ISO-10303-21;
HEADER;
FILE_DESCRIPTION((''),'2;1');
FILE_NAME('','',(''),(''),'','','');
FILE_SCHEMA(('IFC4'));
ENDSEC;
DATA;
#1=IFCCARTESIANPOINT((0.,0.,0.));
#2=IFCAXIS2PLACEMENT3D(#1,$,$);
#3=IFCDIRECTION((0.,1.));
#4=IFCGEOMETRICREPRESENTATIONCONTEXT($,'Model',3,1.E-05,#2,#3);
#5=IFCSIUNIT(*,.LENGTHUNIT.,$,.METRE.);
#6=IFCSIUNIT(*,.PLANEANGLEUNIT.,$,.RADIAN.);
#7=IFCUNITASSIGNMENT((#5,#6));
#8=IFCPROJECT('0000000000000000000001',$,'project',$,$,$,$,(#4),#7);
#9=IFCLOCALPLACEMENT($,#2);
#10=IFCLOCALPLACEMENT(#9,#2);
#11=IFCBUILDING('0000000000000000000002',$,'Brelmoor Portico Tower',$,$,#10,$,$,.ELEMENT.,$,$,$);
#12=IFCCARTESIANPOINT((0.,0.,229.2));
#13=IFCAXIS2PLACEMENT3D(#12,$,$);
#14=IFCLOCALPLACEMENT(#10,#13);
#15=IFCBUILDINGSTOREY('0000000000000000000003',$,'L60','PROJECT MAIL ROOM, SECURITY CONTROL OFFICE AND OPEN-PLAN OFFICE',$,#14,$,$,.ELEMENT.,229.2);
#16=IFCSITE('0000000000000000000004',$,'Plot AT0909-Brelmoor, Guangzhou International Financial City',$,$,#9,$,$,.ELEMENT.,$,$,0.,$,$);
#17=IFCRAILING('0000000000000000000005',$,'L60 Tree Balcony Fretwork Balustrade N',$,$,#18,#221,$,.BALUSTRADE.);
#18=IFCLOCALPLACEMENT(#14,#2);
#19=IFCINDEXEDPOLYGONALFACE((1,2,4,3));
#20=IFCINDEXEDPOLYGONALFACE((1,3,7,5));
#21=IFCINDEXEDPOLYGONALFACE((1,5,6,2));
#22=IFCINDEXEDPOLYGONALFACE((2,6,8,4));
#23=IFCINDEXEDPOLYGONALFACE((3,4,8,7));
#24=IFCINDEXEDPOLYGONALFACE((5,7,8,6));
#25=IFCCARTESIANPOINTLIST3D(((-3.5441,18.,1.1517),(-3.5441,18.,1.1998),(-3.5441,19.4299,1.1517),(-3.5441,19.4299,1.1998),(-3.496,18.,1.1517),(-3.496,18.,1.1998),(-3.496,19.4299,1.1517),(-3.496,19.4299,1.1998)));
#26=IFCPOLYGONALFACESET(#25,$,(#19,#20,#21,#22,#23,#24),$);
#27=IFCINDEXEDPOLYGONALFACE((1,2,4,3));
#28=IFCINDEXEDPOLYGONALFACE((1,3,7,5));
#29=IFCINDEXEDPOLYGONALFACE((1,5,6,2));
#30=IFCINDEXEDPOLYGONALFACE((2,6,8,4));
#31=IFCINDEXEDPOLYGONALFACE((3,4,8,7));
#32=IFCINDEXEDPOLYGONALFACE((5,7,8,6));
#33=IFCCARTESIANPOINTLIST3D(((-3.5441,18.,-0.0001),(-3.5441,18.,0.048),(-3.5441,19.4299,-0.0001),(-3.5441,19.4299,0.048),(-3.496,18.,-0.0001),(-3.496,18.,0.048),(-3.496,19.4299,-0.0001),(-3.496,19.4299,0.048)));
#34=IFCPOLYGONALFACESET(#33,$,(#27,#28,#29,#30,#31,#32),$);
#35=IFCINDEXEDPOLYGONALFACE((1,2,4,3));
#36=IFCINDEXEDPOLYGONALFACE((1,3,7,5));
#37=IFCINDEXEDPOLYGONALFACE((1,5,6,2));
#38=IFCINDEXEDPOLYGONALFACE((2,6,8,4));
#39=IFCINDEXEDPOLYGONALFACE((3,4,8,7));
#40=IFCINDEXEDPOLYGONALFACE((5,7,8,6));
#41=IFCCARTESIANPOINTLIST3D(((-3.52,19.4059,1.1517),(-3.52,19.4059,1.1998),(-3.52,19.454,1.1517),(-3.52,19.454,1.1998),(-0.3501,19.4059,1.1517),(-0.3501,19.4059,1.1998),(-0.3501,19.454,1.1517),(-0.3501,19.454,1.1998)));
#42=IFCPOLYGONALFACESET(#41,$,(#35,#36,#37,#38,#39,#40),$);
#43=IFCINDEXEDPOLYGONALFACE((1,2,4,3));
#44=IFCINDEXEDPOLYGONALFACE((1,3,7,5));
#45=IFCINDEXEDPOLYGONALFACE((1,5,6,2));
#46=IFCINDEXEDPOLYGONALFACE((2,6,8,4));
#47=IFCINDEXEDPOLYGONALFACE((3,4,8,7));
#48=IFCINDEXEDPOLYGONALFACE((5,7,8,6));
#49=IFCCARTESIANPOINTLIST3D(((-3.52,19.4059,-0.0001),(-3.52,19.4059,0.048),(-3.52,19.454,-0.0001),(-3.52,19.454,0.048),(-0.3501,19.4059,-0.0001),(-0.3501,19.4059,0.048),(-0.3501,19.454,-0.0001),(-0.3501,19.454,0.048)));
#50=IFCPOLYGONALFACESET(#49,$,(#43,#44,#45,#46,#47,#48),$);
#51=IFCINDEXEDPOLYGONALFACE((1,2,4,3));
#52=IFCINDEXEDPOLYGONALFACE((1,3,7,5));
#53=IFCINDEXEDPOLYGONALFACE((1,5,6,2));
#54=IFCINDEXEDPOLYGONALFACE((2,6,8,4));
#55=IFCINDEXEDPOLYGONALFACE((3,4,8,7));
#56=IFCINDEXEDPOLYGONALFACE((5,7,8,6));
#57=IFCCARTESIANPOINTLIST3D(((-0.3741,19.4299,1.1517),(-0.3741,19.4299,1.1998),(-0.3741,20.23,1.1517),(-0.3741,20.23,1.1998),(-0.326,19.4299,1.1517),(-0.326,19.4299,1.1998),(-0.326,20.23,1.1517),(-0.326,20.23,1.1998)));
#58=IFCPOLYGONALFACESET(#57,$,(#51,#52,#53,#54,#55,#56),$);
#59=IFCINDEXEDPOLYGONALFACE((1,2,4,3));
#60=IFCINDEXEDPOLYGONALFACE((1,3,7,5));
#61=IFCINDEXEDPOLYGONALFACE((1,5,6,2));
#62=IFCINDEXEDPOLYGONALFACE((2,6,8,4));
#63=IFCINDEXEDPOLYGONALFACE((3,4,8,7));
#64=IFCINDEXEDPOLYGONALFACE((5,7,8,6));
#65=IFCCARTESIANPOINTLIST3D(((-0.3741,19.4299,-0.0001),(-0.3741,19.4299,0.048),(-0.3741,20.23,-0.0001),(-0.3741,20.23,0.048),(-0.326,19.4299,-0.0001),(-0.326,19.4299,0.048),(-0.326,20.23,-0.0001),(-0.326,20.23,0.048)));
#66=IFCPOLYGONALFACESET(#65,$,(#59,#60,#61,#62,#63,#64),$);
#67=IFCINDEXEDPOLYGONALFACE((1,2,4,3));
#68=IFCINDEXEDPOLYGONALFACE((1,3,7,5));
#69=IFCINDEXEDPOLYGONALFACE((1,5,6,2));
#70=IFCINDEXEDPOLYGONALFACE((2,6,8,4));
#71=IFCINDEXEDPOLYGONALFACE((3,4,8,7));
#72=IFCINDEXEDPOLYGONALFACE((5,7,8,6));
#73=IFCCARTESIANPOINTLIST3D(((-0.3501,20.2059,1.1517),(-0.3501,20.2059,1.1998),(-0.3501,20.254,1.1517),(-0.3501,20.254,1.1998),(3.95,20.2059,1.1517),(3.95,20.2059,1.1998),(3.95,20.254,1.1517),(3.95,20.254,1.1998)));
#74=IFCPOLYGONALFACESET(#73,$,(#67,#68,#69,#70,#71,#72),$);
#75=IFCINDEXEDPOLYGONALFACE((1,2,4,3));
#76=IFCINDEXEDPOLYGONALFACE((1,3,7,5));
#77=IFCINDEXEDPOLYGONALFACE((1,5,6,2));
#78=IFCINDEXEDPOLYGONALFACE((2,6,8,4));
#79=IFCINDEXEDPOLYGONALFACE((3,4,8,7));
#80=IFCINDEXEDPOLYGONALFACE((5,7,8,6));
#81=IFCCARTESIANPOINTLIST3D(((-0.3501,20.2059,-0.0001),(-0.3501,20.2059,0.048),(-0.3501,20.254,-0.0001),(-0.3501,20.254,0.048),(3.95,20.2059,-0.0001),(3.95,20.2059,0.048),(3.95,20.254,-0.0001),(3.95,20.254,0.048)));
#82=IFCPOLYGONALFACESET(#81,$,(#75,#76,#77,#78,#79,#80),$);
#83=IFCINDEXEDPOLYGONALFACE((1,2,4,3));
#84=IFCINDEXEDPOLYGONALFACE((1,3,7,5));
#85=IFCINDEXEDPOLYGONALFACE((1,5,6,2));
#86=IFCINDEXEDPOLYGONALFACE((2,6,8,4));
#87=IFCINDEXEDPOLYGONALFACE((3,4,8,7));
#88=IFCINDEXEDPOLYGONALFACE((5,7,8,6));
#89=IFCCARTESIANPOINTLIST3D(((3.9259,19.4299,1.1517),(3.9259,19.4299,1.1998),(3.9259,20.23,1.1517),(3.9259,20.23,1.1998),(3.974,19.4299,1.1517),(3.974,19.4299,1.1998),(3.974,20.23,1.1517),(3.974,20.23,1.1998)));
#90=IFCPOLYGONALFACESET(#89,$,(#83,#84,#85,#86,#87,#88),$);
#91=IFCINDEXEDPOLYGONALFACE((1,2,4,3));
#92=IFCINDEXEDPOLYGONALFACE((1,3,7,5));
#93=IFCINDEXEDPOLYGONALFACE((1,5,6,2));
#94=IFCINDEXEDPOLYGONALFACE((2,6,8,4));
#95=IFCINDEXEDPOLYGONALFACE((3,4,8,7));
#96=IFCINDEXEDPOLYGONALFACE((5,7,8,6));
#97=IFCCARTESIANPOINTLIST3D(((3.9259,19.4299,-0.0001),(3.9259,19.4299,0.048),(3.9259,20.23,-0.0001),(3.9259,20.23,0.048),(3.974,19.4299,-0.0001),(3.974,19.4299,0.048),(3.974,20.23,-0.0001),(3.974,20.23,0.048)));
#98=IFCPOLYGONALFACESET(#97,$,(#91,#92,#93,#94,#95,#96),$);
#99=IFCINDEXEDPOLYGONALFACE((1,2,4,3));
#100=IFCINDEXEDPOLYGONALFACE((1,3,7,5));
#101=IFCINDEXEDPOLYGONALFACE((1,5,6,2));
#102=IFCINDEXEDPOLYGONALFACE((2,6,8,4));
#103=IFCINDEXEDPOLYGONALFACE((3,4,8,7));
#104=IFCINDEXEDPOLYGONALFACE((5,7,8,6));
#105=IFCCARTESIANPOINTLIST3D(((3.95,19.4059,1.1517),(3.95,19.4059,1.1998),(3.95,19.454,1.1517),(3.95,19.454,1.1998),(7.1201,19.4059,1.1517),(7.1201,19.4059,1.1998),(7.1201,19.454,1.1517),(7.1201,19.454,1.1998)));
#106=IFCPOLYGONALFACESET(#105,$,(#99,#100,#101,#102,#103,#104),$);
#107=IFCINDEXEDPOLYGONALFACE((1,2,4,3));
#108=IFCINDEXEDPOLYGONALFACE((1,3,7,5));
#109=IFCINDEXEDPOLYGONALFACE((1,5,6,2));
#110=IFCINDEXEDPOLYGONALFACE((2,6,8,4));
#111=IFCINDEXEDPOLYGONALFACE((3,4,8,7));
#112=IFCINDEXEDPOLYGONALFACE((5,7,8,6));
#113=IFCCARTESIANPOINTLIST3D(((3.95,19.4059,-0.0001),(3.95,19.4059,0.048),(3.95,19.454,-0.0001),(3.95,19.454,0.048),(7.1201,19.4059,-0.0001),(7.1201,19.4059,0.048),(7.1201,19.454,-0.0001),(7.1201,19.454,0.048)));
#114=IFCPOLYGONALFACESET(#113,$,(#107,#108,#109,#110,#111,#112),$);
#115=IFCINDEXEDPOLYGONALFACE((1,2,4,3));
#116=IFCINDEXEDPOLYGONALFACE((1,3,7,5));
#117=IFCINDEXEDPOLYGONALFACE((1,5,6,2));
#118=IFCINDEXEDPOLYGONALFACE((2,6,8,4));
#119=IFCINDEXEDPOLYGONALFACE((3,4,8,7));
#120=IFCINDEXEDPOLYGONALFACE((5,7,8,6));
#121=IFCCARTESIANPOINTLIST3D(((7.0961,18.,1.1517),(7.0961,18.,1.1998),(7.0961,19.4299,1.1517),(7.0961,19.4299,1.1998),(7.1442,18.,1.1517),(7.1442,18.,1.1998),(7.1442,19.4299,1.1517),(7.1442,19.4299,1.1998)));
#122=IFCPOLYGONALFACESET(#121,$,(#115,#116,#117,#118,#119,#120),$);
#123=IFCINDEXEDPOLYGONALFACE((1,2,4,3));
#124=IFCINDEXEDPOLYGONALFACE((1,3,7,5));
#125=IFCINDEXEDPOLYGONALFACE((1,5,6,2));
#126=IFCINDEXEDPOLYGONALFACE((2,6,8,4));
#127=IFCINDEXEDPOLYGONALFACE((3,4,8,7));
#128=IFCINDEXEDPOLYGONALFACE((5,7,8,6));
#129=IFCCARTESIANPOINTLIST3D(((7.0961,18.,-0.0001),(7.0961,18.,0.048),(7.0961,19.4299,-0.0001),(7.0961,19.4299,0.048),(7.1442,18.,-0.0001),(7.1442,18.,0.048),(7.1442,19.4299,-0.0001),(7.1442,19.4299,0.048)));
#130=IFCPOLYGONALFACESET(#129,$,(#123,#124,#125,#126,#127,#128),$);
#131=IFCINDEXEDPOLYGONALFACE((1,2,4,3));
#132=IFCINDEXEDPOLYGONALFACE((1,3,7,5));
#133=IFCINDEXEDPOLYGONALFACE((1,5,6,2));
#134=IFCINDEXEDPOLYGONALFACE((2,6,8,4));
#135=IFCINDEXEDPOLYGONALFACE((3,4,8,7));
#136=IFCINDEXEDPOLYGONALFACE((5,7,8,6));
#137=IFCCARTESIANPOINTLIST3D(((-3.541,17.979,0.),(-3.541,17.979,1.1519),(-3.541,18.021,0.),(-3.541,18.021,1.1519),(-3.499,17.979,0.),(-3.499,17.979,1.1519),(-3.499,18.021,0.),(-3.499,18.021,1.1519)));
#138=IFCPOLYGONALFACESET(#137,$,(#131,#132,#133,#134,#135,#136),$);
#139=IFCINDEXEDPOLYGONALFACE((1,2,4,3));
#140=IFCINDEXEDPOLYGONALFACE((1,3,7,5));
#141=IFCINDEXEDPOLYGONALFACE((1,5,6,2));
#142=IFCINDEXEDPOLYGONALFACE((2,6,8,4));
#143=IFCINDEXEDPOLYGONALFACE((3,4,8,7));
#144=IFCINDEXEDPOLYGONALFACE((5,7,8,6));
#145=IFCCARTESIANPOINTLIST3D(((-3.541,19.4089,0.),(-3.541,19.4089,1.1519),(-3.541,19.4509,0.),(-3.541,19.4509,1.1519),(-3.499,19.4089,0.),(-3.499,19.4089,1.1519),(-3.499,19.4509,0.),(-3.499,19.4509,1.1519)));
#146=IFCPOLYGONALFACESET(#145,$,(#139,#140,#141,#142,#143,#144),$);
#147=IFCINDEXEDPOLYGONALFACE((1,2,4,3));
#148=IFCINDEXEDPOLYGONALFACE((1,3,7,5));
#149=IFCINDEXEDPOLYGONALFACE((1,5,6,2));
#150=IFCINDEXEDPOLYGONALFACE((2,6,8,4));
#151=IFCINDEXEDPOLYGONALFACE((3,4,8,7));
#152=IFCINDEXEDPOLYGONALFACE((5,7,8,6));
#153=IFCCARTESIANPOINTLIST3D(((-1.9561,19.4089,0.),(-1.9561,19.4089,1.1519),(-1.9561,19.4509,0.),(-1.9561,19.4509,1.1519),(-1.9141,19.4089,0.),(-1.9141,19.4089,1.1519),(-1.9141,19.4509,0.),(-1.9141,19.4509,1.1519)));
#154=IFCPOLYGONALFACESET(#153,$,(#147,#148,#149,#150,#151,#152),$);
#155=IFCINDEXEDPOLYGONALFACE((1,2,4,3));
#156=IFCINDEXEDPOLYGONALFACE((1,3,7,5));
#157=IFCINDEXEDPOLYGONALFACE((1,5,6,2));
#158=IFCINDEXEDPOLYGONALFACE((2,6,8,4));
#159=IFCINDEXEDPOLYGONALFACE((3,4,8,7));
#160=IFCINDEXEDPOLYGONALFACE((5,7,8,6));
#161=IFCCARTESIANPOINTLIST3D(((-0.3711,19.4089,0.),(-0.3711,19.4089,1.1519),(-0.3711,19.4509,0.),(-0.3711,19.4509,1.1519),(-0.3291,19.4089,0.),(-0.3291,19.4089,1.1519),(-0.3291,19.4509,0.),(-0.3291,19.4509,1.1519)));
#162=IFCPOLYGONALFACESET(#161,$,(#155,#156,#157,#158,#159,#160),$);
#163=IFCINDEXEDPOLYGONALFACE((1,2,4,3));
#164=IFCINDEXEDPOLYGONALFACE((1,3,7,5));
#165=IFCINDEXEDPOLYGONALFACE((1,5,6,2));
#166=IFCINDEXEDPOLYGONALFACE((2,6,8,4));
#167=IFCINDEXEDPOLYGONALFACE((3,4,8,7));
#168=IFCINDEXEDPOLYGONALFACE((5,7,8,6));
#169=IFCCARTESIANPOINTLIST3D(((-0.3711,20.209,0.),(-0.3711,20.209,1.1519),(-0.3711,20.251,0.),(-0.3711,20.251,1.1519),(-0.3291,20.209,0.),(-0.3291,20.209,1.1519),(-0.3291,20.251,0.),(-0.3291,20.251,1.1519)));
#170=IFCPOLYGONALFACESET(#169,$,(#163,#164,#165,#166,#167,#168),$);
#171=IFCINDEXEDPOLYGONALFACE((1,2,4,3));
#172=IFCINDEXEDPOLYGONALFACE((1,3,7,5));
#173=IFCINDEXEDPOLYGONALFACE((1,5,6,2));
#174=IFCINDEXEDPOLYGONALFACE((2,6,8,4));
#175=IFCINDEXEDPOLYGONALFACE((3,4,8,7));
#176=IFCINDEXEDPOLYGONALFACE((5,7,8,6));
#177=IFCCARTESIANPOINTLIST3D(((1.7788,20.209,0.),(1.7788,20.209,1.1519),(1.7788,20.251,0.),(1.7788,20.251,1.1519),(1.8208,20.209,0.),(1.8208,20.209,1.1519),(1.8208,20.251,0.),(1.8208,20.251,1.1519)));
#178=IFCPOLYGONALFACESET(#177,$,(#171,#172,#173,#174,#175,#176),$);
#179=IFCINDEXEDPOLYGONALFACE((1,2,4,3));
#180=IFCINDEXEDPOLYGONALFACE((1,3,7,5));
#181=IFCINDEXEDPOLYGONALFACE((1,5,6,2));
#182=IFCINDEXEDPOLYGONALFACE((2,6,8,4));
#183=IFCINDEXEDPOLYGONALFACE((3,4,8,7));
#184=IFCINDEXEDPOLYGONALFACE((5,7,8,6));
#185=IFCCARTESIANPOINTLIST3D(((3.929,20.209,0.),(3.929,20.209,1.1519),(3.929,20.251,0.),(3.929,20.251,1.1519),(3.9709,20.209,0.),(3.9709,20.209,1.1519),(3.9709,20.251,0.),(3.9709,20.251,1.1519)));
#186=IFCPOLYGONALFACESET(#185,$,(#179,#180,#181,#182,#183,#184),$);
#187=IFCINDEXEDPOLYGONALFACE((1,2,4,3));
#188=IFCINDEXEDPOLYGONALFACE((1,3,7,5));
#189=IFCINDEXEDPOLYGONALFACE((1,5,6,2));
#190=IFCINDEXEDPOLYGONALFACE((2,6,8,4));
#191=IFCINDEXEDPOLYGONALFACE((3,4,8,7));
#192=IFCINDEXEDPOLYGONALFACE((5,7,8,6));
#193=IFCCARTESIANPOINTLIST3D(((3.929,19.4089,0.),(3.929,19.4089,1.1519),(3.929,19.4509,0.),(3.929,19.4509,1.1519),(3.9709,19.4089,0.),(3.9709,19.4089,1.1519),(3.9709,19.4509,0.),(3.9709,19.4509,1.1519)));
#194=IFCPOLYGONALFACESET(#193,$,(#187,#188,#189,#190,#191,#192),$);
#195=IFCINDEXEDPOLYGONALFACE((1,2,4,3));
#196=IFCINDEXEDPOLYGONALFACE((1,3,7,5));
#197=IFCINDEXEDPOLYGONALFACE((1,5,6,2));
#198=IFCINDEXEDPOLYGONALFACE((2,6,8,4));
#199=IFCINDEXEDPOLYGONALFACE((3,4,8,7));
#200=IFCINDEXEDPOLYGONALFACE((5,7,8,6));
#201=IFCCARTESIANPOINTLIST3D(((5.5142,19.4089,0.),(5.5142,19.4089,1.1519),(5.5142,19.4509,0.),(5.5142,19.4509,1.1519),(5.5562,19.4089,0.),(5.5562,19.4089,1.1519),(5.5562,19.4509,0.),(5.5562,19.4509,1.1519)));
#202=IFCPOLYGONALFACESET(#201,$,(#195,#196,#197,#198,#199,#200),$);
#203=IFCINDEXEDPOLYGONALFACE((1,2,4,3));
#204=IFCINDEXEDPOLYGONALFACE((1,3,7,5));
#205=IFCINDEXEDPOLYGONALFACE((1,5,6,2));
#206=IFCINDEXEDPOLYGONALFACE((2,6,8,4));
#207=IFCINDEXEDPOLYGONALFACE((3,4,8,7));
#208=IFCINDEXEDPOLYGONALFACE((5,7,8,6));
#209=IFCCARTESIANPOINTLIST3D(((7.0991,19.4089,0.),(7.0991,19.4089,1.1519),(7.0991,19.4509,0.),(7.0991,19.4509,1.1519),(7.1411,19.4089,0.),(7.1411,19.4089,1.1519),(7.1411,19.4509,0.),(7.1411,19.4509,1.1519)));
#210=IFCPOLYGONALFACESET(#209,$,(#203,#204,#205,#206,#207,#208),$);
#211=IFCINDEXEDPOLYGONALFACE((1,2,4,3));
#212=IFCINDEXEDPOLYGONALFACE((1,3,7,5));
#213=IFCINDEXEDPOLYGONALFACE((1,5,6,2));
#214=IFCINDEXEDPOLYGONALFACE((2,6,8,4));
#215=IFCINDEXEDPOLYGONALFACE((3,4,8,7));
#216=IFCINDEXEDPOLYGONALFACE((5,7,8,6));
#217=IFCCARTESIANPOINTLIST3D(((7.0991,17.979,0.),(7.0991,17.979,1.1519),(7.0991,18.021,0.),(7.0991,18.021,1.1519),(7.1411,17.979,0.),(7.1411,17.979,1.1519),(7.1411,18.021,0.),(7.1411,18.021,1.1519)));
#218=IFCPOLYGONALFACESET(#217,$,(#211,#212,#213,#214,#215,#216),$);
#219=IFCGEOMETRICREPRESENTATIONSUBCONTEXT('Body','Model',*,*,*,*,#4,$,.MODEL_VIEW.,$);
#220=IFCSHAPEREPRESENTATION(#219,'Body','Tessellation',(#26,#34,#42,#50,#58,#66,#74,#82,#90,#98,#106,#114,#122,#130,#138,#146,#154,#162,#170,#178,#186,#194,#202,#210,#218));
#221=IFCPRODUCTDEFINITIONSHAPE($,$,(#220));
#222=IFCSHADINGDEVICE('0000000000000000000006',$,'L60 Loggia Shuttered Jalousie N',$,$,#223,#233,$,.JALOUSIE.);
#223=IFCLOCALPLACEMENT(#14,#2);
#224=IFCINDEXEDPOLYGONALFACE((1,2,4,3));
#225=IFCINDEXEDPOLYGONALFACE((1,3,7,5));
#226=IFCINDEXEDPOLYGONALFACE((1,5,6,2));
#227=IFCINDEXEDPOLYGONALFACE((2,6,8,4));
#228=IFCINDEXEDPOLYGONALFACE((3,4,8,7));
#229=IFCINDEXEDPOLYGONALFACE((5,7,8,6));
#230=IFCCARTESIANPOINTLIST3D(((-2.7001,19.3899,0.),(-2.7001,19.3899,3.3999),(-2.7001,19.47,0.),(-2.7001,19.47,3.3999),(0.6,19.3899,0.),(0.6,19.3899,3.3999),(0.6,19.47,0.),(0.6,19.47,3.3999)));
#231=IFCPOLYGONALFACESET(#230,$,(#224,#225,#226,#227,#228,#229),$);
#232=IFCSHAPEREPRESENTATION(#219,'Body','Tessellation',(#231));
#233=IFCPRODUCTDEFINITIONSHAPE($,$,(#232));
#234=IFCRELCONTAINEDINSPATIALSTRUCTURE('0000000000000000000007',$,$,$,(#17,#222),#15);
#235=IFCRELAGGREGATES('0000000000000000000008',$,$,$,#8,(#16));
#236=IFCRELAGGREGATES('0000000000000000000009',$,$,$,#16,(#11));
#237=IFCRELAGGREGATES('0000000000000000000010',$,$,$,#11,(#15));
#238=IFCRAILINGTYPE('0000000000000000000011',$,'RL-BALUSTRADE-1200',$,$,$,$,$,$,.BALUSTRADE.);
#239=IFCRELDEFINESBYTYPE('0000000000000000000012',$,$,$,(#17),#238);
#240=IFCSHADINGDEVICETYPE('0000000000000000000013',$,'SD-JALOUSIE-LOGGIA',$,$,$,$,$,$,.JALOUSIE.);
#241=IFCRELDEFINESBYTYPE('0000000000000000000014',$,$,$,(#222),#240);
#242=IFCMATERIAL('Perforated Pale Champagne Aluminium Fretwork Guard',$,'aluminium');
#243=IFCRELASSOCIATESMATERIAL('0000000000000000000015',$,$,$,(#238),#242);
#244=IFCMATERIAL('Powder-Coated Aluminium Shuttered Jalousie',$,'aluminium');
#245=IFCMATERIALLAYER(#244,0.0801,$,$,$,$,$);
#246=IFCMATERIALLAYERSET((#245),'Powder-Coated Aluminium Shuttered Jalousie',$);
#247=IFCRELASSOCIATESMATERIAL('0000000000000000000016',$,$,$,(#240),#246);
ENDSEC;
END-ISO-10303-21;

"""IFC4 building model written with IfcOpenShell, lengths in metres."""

from ifc_helpers import new_model, si_unit, direction, frame, origin, origin_2d, place, context, subcontext, project, spatial, rectangle, extrude, material, layer, layer_set, type_object, element, save


model = new_model("IFC4")

# Units and contexts
model_context = context("Model", 3, precision=1e-05, world=origin(), true_north=direction((0.0, 1.0)))
body_context = subcontext(model_context, "Body", "Model", "MODEL_VIEW")
ifc_project = project(units=[si_unit("LENGTHUNIT", "METRE"), si_unit("PLANEANGLEUNIT", "RADIAN")], contexts=[model_context])

# Site, building, storey
site_placement = place(None, origin())
site = spatial("IfcSite", under=ifc_project, at=site_placement, Name="Plot AT0909-Brelmoor, Guangzhou International Financial City", CompositionType="ELEMENT", RefElevation=0.0)
building_placement = place(site_placement, origin())
building = spatial("IfcBuilding", under=site, at=building_placement, Name="Brelmoor Portico Tower", CompositionType="ELEMENT")
storey_placement = place(building_placement, frame((0.0, 0.0, 229.2)))
storey = spatial("IfcBuildingStorey", under=building, at=storey_placement, Name="L60", Description="PROJECT MAIL ROOM, SECURITY CONTROL OFFICE AND OPEN-PLAN OFFICE", CompositionType="ELEMENT", Elevation=229.2)

# Railing
ifc_material_1 = material(Name="Perforated Pale Champagne Aluminium Fretwork Guard", Category="aluminium")
railing_type = type_object("IfcRailingType", Name="RL-BALUSTRADE-1200", PredefinedType="BALUSTRADE", material=ifc_material_1)
railing_placement = place(storey_placement, frame((-3.52, 18.0, 0.0)))
element("IfcRailing", 1, at=railing_placement, inside=storey, type_object=railing_type, Name="L60 Tree Balcony Fretwork Balustrade N", PredefinedType="BALUSTRADE", context=body_context, shape_type="SweptSolid", body=[
    extrude(rectangle(XDim=0.0481, YDim=0.0481, at=origin_2d()), frame((0.0, 0.0, 1.1758), z_axis=(0.0, 1.0, 0.0), x_axis=(-1.0, 0.0, 0.0)), (0.0, 0.0, 1.0), 1.4299),
    extrude(rectangle(XDim=0.0481, YDim=0.0481, at=origin_2d()), frame((0.0, 0.0, 0.0239), z_axis=(0.0, 1.0, 0.0), x_axis=(-1.0, 0.0, 0.0)), (0.0, 0.0, 1.0), 1.4299),
    extrude(rectangle(XDim=0.0481, YDim=0.0481, at=origin_2d()), frame((0.0, 1.4299, 1.1758), z_axis=(1.0, 0.0, 0.0), x_axis=(0.0, 1.0, 0.0)), (0.0, 0.0, 1.0), 3.1699),
    extrude(rectangle(XDim=0.0481, YDim=0.0481, at=origin_2d()), frame((0.0, 1.4299, 0.0239), z_axis=(1.0, 0.0, 0.0), x_axis=(0.0, 1.0, 0.0)), (0.0, 0.0, 1.0), 3.1699),
    extrude(rectangle(XDim=0.0481, YDim=0.0481, at=origin_2d()), frame((3.1699, 1.4299, 1.1758), z_axis=(0.0, 1.0, 0.0), x_axis=(-1.0, 0.0, 0.0)), (0.0, 0.0, 1.0), 0.8),
    extrude(rectangle(XDim=0.0481, YDim=0.0481, at=origin_2d()), frame((3.1699, 1.4299, 0.0239), z_axis=(0.0, 1.0, 0.0), x_axis=(-1.0, 0.0, 0.0)), (0.0, 0.0, 1.0), 0.8),
    extrude(rectangle(XDim=0.0481, YDim=0.0481, at=origin_2d()), frame((3.1699, 2.23, 1.1758), z_axis=(1.0, 0.0, 0.0), x_axis=(0.0, 1.0, 0.0)), (0.0, 0.0, 1.0), 4.3),
    extrude(rectangle(XDim=0.0481, YDim=0.0481, at=origin_2d()), frame((3.1699, 2.23, 0.0239), z_axis=(1.0, 0.0, 0.0), x_axis=(0.0, 1.0, 0.0)), (0.0, 0.0, 1.0), 4.3),
    extrude(rectangle(XDim=0.0481, YDim=0.0481, at=origin_2d()), frame((7.47, 2.23, 1.1758), z_axis=(0.0, -1.0, 0.0), x_axis=(1.0, 0.0, 0.0)), (0.0, 0.0, 1.0), 0.8),
    extrude(rectangle(XDim=0.0481, YDim=0.0481, at=origin_2d()), frame((7.47, 2.23, 0.0239), z_axis=(0.0, -1.0, 0.0), x_axis=(1.0, 0.0, 0.0)), (0.0, 0.0, 1.0), 0.8),
    extrude(rectangle(XDim=0.0481, YDim=0.0481, at=origin_2d()), frame((7.47, 1.4299, 1.1758), z_axis=(1.0, 0.0, 0.0), x_axis=(0.0, 1.0, 0.0)), (0.0, 0.0, 1.0), 3.1702),
    extrude(rectangle(XDim=0.0481, YDim=0.0481, at=origin_2d()), frame((7.47, 1.4299, 0.0239), z_axis=(1.0, 0.0, 0.0), x_axis=(0.0, 1.0, 0.0)), (0.0, 0.0, 1.0), 3.1702),
    extrude(rectangle(XDim=0.0481, YDim=0.0481, at=origin_2d()), frame((10.6401, 1.4299, 1.1758), z_axis=(0.0, -1.0, 0.0), x_axis=(1.0, 0.0, 0.0)), (0.0, 0.0, 1.0), 1.4299),
    extrude(rectangle(XDim=0.0481, YDim=0.0481, at=origin_2d()), frame((10.6401, 1.4299, 0.0239), z_axis=(0.0, -1.0, 0.0), x_axis=(1.0, 0.0, 0.0)), (0.0, 0.0, 1.0), 1.4299),
    extrude(rectangle(XDim=0.042, YDim=0.042, at=origin_2d()), origin(), (0.0, 0.0, 1.0), 1.1519),
    extrude(rectangle(XDim=0.042, YDim=0.042, at=origin_2d()), frame((0.0, 1.4299, 0.0)), (0.0, 0.0, 1.0), 1.1519),
    extrude(rectangle(XDim=0.042, YDim=0.042, at=origin_2d()), frame((1.585, 1.4299, 0.0)), (0.0, 0.0, 1.0), 1.1519),
    extrude(rectangle(XDim=0.042, YDim=0.042, at=origin_2d()), frame((3.1699, 1.4299, 0.0)), (0.0, 0.0, 1.0), 1.1519),
    extrude(rectangle(XDim=0.042, YDim=0.042, at=origin_2d()), frame((3.1699, 2.23, 0.0)), (0.0, 0.0, 1.0), 1.1519),
    extrude(rectangle(XDim=0.042, YDim=0.042, at=origin_2d()), frame((5.3198, 2.23, 0.0)), (0.0, 0.0, 1.0), 1.1519),
    extrude(rectangle(XDim=0.042, YDim=0.042, at=origin_2d()), frame((7.47, 2.23, 0.0)), (0.0, 0.0, 1.0), 1.1519),
    extrude(rectangle(XDim=0.042, YDim=0.042, at=origin_2d()), frame((7.47, 1.4299, 0.0)), (0.0, 0.0, 1.0), 1.1519),
    extrude(rectangle(XDim=0.042, YDim=0.042, at=origin_2d()), frame((9.0552, 1.4299, 0.0)), (0.0, 0.0, 1.0), 1.1519),
    extrude(rectangle(XDim=0.042, YDim=0.042, at=origin_2d()), frame((10.6401, 1.4299, 0.0)), (0.0, 0.0, 1.0), 1.1519),
    extrude(rectangle(XDim=0.042, YDim=0.042, at=origin_2d()), frame((10.6401, 0.0, 0.0)), (0.0, 0.0, 1.0), 1.1519),
])

# Shading device
ifc_material_2 = material(Name="Powder-Coated Aluminium Shuttered Jalousie", Category="aluminium")
ifc_layer_1 = layer(ifc_material_2, 0.0801)
ifc_layer_set_1 = layer_set([ifc_layer_1], Name="Powder-Coated Aluminium Shuttered Jalousie")
shading_device_type = type_object("IfcShadingDeviceType", Name="SD-JALOUSIE-LOGGIA", PredefinedType="JALOUSIE", material=ifc_layer_set_1)
shading_device_placement = place(storey_placement, frame((-1.05, 19.4299, 0.0), z_axis=(0.0, 0.0, 1.0), x_axis=(1.0, 0.0, 0.0)))
element("IfcShadingDevice", 2, at=shading_device_placement, inside=storey, type_object=shading_device_type, Name="L60 Loggia Shuttered Jalousie N", PredefinedType="JALOUSIE", context=body_context, shape_type="SweptSolid", body=[
    extrude(rectangle(XDim=3.3, YDim=0.0801, at=origin_2d()), origin(), (0.0, 0.0, 1.0), 3.3999),
])

save(model, "model.ifc")
